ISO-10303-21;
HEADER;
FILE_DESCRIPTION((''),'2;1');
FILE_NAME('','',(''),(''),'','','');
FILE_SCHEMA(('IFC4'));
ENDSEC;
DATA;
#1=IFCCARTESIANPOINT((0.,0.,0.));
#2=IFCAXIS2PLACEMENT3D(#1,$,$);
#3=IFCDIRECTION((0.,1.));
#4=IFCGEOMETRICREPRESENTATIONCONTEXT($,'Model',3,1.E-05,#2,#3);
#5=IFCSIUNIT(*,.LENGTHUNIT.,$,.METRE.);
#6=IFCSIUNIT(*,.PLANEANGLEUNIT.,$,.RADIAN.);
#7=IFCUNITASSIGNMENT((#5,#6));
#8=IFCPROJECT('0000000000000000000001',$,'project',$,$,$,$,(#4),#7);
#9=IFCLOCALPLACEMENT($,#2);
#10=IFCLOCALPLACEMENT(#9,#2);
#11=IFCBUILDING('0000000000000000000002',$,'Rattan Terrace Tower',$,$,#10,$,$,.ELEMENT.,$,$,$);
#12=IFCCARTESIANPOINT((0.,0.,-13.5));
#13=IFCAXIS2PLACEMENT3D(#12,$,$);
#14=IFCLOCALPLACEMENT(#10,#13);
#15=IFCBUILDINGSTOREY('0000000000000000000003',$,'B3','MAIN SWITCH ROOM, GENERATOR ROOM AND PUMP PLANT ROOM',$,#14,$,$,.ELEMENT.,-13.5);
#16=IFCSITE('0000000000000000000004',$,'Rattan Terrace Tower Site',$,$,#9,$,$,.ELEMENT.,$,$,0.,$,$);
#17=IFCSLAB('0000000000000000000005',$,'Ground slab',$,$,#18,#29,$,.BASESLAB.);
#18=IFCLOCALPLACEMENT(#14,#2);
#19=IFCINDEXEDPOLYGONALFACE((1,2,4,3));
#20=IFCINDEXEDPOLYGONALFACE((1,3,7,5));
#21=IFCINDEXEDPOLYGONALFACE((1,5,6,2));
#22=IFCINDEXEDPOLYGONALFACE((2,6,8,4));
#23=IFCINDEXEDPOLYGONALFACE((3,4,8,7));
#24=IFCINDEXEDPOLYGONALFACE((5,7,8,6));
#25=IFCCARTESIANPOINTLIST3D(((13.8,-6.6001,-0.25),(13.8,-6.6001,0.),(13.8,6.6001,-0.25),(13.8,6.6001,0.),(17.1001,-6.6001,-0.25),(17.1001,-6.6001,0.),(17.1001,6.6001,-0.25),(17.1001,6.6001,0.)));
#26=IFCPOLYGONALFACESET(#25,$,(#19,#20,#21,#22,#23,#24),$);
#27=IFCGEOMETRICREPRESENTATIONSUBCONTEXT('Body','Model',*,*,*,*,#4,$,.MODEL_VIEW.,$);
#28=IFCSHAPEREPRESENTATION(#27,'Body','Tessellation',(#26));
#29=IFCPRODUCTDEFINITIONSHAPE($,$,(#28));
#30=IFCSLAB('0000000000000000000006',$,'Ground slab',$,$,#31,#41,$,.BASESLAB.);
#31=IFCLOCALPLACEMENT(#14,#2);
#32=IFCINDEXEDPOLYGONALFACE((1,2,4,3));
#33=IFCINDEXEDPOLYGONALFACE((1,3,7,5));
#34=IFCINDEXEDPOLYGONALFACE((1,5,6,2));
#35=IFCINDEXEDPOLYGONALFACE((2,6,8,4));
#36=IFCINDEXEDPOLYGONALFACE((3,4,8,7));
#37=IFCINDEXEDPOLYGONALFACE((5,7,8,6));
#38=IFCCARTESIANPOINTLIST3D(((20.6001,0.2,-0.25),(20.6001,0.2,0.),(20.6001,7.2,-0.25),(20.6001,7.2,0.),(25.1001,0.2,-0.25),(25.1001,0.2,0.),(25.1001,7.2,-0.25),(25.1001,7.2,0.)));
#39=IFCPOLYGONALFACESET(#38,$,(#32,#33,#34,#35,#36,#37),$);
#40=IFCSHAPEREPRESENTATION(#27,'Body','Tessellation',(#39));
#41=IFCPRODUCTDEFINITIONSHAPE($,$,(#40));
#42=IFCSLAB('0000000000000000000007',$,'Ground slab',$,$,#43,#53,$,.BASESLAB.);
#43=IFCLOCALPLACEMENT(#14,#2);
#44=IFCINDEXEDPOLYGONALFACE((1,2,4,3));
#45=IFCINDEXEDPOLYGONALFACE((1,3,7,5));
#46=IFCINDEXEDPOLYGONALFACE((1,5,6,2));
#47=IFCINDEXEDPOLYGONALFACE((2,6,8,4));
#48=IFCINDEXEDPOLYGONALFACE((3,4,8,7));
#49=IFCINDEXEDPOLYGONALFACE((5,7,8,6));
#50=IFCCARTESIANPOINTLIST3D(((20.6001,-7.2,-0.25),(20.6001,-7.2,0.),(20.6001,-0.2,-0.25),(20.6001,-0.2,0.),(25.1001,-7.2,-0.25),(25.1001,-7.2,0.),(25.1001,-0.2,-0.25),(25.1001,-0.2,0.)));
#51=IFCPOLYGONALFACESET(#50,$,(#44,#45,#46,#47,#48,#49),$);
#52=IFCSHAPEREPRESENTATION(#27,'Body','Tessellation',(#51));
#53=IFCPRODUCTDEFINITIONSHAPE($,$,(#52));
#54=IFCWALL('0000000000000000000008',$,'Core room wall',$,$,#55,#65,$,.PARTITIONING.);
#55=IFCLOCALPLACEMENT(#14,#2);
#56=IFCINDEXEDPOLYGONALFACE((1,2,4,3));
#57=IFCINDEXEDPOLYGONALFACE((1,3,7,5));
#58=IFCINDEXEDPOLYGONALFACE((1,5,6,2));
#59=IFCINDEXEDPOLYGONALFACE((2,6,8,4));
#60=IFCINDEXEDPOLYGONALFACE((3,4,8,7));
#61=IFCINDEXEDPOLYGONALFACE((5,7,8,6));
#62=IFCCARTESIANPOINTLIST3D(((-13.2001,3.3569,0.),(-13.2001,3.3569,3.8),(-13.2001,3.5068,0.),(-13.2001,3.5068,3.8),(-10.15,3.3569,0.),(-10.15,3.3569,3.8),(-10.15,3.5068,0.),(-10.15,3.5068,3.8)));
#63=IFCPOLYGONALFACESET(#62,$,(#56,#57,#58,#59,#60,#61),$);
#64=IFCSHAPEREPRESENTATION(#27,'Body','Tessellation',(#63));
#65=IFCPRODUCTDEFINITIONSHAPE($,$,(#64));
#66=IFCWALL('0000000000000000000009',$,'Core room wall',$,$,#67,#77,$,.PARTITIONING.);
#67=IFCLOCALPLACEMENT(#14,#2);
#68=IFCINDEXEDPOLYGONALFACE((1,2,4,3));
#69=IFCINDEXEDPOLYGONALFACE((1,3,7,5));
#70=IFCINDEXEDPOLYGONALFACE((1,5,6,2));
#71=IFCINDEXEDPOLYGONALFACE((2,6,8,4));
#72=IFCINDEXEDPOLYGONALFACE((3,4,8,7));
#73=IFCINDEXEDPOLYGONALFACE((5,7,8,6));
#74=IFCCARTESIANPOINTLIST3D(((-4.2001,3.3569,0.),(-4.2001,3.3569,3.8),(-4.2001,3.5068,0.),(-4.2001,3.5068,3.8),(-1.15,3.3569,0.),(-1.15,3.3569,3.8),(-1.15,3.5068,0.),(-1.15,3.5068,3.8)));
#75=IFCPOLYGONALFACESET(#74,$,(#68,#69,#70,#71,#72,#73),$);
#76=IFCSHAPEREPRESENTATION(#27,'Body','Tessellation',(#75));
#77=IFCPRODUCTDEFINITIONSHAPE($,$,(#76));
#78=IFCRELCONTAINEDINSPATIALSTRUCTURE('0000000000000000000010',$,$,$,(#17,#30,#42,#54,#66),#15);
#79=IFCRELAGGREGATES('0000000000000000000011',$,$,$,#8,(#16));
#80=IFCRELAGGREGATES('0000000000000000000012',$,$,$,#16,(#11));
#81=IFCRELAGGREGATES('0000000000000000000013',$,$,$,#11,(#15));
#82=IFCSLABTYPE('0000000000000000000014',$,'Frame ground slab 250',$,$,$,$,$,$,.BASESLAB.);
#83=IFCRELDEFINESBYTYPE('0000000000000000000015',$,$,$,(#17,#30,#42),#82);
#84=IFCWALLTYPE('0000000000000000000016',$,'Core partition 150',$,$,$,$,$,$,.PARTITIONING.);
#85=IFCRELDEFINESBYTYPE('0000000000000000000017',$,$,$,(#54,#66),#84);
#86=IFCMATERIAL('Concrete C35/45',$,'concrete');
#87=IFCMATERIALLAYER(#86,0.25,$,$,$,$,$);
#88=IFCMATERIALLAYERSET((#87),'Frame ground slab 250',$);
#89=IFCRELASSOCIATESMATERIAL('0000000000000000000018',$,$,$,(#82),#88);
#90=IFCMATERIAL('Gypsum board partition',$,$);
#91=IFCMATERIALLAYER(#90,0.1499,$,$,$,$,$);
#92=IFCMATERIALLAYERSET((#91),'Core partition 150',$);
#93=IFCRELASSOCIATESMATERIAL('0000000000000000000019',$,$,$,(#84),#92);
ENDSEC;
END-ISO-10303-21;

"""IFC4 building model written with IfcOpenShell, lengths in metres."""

from ifc_helpers import new_model, si_unit, direction, frame, frame_2d, origin, place, context, subcontext, project, spatial, polyline, rectangle, outline, extrude, material, layer, layer_set, type_object, element, save


model = new_model("IFC4")

# Units and contexts
model_context = context("Model", 3, precision=1e-05, world=origin(), true_north=direction((0.0, 1.0)))
body_context = subcontext(model_context, "Body", "Model", "MODEL_VIEW")
ifc_project = project(units=[si_unit("LENGTHUNIT", "METRE"), si_unit("PLANEANGLEUNIT", "RADIAN")], contexts=[model_context])

# Site, building, storey
site_placement = place(None, origin())
site = spatial("IfcSite", under=ifc_project, at=site_placement, Name="Rattan Terrace Tower Site", CompositionType="ELEMENT", RefElevation=0.0)
building_placement = place(site_placement, origin())
building = spatial("IfcBuilding", under=site, at=building_placement, Name="Rattan Terrace Tower", CompositionType="ELEMENT")
storey_placement = place(building_placement, frame((0.0, 0.0, -13.5)))
storey = spatial("IfcBuildingStorey", under=building, at=storey_placement, Name="B3", Description="MAIN SWITCH ROOM, GENERATOR ROOM AND PUMP PLANT ROOM", CompositionType="ELEMENT", Elevation=-13.5)

# Slabs
ifc_material_1 = material(Name="Concrete C35/45", Category="concrete")
ifc_layer_1 = layer(ifc_material_1, 0.25)
ifc_layer_set_1 = layer_set([ifc_layer_1], Name="Frame ground slab 250")
slab_type = type_object("IfcSlabType", Name="Frame ground slab 250", PredefinedType="BASESLAB", material=ifc_layer_set_1)
slab_1_placement = place(storey_placement, frame((0.0, 0.0, -0.25)))
element("IfcSlab", 1, at=slab_1_placement, inside=storey, type_object=slab_type, Name="Ground slab", PredefinedType="BASESLAB", context=body_context, shape_type="SweptSolid", body=[
    extrude(outline(polyline([(17.1001, 6.6001), (13.8, 6.6001), (13.8, -6.6001), (17.1001, -6.6001), (17.1001, 6.6001)])), origin(), (0.0, 0.0, 1.0), 0.25),
])
slab_2_placement = place(storey_placement, frame((0.0, 0.0, -0.25)))
element("IfcSlab", 2, at=slab_2_placement, inside=storey, type_object=slab_type, Name="Ground slab", PredefinedType="BASESLAB", context=body_context, shape_type="SweptSolid", body=[
    extrude(outline(polyline([(25.1001, 7.2), (20.6001, 7.2), (20.6001, 0.2), (25.1001, 0.2), (25.1001, 7.2)])), origin(), (0.0, 0.0, 1.0), 0.25),
])
slab_3_placement = place(storey_placement, frame((0.0, 0.0, -0.25)))
element("IfcSlab", 3, at=slab_3_placement, inside=storey, type_object=slab_type, Name="Ground slab", PredefinedType="BASESLAB", context=body_context, shape_type="SweptSolid", body=[
    extrude(outline(polyline([(20.6001, -0.2), (20.6001, -7.2), (25.1001, -7.2), (25.1001, -0.2), (20.6001, -0.2)])), origin(), (0.0, 0.0, 1.0), 0.25),
])

# Walls
ifc_material_2 = material(Name="Gypsum board partition")
ifc_layer_2 = layer(ifc_material_2, 0.1499)
ifc_layer_set_2 = layer_set([ifc_layer_2], Name="Core partition 150")
wall_type = type_object("IfcWallType", Name="Core partition 150", PredefinedType="PARTITIONING", material=ifc_layer_set_2)
for number, where, z_axis, x_axis, name in (
    (4, (-13.2, 3.4319, 0.0), (0.0, 0.0, 1.0), (1.0, 0.0, 0.0), "Core room wall"),
    (5, (-4.2, 3.4319, 0.0), (0.0, 0.0, 1.0), (1.0, 0.0, 0.0), "Core room wall"),
):
    element("IfcWall", number, at=place(storey_placement, frame(where, z_axis=z_axis, x_axis=x_axis)), inside=storey, type_object=wall_type, Name=name, PredefinedType="PARTITIONING", context=body_context, shape_type="SweptSolid", body=[
        extrude(rectangle(XDim=3.05, YDim=0.1499, at=frame_2d((1.5249, 0.0))), origin(), (0.0, 0.0, 1.0), 3.8),
    ])

save(model, "model.ifc")
